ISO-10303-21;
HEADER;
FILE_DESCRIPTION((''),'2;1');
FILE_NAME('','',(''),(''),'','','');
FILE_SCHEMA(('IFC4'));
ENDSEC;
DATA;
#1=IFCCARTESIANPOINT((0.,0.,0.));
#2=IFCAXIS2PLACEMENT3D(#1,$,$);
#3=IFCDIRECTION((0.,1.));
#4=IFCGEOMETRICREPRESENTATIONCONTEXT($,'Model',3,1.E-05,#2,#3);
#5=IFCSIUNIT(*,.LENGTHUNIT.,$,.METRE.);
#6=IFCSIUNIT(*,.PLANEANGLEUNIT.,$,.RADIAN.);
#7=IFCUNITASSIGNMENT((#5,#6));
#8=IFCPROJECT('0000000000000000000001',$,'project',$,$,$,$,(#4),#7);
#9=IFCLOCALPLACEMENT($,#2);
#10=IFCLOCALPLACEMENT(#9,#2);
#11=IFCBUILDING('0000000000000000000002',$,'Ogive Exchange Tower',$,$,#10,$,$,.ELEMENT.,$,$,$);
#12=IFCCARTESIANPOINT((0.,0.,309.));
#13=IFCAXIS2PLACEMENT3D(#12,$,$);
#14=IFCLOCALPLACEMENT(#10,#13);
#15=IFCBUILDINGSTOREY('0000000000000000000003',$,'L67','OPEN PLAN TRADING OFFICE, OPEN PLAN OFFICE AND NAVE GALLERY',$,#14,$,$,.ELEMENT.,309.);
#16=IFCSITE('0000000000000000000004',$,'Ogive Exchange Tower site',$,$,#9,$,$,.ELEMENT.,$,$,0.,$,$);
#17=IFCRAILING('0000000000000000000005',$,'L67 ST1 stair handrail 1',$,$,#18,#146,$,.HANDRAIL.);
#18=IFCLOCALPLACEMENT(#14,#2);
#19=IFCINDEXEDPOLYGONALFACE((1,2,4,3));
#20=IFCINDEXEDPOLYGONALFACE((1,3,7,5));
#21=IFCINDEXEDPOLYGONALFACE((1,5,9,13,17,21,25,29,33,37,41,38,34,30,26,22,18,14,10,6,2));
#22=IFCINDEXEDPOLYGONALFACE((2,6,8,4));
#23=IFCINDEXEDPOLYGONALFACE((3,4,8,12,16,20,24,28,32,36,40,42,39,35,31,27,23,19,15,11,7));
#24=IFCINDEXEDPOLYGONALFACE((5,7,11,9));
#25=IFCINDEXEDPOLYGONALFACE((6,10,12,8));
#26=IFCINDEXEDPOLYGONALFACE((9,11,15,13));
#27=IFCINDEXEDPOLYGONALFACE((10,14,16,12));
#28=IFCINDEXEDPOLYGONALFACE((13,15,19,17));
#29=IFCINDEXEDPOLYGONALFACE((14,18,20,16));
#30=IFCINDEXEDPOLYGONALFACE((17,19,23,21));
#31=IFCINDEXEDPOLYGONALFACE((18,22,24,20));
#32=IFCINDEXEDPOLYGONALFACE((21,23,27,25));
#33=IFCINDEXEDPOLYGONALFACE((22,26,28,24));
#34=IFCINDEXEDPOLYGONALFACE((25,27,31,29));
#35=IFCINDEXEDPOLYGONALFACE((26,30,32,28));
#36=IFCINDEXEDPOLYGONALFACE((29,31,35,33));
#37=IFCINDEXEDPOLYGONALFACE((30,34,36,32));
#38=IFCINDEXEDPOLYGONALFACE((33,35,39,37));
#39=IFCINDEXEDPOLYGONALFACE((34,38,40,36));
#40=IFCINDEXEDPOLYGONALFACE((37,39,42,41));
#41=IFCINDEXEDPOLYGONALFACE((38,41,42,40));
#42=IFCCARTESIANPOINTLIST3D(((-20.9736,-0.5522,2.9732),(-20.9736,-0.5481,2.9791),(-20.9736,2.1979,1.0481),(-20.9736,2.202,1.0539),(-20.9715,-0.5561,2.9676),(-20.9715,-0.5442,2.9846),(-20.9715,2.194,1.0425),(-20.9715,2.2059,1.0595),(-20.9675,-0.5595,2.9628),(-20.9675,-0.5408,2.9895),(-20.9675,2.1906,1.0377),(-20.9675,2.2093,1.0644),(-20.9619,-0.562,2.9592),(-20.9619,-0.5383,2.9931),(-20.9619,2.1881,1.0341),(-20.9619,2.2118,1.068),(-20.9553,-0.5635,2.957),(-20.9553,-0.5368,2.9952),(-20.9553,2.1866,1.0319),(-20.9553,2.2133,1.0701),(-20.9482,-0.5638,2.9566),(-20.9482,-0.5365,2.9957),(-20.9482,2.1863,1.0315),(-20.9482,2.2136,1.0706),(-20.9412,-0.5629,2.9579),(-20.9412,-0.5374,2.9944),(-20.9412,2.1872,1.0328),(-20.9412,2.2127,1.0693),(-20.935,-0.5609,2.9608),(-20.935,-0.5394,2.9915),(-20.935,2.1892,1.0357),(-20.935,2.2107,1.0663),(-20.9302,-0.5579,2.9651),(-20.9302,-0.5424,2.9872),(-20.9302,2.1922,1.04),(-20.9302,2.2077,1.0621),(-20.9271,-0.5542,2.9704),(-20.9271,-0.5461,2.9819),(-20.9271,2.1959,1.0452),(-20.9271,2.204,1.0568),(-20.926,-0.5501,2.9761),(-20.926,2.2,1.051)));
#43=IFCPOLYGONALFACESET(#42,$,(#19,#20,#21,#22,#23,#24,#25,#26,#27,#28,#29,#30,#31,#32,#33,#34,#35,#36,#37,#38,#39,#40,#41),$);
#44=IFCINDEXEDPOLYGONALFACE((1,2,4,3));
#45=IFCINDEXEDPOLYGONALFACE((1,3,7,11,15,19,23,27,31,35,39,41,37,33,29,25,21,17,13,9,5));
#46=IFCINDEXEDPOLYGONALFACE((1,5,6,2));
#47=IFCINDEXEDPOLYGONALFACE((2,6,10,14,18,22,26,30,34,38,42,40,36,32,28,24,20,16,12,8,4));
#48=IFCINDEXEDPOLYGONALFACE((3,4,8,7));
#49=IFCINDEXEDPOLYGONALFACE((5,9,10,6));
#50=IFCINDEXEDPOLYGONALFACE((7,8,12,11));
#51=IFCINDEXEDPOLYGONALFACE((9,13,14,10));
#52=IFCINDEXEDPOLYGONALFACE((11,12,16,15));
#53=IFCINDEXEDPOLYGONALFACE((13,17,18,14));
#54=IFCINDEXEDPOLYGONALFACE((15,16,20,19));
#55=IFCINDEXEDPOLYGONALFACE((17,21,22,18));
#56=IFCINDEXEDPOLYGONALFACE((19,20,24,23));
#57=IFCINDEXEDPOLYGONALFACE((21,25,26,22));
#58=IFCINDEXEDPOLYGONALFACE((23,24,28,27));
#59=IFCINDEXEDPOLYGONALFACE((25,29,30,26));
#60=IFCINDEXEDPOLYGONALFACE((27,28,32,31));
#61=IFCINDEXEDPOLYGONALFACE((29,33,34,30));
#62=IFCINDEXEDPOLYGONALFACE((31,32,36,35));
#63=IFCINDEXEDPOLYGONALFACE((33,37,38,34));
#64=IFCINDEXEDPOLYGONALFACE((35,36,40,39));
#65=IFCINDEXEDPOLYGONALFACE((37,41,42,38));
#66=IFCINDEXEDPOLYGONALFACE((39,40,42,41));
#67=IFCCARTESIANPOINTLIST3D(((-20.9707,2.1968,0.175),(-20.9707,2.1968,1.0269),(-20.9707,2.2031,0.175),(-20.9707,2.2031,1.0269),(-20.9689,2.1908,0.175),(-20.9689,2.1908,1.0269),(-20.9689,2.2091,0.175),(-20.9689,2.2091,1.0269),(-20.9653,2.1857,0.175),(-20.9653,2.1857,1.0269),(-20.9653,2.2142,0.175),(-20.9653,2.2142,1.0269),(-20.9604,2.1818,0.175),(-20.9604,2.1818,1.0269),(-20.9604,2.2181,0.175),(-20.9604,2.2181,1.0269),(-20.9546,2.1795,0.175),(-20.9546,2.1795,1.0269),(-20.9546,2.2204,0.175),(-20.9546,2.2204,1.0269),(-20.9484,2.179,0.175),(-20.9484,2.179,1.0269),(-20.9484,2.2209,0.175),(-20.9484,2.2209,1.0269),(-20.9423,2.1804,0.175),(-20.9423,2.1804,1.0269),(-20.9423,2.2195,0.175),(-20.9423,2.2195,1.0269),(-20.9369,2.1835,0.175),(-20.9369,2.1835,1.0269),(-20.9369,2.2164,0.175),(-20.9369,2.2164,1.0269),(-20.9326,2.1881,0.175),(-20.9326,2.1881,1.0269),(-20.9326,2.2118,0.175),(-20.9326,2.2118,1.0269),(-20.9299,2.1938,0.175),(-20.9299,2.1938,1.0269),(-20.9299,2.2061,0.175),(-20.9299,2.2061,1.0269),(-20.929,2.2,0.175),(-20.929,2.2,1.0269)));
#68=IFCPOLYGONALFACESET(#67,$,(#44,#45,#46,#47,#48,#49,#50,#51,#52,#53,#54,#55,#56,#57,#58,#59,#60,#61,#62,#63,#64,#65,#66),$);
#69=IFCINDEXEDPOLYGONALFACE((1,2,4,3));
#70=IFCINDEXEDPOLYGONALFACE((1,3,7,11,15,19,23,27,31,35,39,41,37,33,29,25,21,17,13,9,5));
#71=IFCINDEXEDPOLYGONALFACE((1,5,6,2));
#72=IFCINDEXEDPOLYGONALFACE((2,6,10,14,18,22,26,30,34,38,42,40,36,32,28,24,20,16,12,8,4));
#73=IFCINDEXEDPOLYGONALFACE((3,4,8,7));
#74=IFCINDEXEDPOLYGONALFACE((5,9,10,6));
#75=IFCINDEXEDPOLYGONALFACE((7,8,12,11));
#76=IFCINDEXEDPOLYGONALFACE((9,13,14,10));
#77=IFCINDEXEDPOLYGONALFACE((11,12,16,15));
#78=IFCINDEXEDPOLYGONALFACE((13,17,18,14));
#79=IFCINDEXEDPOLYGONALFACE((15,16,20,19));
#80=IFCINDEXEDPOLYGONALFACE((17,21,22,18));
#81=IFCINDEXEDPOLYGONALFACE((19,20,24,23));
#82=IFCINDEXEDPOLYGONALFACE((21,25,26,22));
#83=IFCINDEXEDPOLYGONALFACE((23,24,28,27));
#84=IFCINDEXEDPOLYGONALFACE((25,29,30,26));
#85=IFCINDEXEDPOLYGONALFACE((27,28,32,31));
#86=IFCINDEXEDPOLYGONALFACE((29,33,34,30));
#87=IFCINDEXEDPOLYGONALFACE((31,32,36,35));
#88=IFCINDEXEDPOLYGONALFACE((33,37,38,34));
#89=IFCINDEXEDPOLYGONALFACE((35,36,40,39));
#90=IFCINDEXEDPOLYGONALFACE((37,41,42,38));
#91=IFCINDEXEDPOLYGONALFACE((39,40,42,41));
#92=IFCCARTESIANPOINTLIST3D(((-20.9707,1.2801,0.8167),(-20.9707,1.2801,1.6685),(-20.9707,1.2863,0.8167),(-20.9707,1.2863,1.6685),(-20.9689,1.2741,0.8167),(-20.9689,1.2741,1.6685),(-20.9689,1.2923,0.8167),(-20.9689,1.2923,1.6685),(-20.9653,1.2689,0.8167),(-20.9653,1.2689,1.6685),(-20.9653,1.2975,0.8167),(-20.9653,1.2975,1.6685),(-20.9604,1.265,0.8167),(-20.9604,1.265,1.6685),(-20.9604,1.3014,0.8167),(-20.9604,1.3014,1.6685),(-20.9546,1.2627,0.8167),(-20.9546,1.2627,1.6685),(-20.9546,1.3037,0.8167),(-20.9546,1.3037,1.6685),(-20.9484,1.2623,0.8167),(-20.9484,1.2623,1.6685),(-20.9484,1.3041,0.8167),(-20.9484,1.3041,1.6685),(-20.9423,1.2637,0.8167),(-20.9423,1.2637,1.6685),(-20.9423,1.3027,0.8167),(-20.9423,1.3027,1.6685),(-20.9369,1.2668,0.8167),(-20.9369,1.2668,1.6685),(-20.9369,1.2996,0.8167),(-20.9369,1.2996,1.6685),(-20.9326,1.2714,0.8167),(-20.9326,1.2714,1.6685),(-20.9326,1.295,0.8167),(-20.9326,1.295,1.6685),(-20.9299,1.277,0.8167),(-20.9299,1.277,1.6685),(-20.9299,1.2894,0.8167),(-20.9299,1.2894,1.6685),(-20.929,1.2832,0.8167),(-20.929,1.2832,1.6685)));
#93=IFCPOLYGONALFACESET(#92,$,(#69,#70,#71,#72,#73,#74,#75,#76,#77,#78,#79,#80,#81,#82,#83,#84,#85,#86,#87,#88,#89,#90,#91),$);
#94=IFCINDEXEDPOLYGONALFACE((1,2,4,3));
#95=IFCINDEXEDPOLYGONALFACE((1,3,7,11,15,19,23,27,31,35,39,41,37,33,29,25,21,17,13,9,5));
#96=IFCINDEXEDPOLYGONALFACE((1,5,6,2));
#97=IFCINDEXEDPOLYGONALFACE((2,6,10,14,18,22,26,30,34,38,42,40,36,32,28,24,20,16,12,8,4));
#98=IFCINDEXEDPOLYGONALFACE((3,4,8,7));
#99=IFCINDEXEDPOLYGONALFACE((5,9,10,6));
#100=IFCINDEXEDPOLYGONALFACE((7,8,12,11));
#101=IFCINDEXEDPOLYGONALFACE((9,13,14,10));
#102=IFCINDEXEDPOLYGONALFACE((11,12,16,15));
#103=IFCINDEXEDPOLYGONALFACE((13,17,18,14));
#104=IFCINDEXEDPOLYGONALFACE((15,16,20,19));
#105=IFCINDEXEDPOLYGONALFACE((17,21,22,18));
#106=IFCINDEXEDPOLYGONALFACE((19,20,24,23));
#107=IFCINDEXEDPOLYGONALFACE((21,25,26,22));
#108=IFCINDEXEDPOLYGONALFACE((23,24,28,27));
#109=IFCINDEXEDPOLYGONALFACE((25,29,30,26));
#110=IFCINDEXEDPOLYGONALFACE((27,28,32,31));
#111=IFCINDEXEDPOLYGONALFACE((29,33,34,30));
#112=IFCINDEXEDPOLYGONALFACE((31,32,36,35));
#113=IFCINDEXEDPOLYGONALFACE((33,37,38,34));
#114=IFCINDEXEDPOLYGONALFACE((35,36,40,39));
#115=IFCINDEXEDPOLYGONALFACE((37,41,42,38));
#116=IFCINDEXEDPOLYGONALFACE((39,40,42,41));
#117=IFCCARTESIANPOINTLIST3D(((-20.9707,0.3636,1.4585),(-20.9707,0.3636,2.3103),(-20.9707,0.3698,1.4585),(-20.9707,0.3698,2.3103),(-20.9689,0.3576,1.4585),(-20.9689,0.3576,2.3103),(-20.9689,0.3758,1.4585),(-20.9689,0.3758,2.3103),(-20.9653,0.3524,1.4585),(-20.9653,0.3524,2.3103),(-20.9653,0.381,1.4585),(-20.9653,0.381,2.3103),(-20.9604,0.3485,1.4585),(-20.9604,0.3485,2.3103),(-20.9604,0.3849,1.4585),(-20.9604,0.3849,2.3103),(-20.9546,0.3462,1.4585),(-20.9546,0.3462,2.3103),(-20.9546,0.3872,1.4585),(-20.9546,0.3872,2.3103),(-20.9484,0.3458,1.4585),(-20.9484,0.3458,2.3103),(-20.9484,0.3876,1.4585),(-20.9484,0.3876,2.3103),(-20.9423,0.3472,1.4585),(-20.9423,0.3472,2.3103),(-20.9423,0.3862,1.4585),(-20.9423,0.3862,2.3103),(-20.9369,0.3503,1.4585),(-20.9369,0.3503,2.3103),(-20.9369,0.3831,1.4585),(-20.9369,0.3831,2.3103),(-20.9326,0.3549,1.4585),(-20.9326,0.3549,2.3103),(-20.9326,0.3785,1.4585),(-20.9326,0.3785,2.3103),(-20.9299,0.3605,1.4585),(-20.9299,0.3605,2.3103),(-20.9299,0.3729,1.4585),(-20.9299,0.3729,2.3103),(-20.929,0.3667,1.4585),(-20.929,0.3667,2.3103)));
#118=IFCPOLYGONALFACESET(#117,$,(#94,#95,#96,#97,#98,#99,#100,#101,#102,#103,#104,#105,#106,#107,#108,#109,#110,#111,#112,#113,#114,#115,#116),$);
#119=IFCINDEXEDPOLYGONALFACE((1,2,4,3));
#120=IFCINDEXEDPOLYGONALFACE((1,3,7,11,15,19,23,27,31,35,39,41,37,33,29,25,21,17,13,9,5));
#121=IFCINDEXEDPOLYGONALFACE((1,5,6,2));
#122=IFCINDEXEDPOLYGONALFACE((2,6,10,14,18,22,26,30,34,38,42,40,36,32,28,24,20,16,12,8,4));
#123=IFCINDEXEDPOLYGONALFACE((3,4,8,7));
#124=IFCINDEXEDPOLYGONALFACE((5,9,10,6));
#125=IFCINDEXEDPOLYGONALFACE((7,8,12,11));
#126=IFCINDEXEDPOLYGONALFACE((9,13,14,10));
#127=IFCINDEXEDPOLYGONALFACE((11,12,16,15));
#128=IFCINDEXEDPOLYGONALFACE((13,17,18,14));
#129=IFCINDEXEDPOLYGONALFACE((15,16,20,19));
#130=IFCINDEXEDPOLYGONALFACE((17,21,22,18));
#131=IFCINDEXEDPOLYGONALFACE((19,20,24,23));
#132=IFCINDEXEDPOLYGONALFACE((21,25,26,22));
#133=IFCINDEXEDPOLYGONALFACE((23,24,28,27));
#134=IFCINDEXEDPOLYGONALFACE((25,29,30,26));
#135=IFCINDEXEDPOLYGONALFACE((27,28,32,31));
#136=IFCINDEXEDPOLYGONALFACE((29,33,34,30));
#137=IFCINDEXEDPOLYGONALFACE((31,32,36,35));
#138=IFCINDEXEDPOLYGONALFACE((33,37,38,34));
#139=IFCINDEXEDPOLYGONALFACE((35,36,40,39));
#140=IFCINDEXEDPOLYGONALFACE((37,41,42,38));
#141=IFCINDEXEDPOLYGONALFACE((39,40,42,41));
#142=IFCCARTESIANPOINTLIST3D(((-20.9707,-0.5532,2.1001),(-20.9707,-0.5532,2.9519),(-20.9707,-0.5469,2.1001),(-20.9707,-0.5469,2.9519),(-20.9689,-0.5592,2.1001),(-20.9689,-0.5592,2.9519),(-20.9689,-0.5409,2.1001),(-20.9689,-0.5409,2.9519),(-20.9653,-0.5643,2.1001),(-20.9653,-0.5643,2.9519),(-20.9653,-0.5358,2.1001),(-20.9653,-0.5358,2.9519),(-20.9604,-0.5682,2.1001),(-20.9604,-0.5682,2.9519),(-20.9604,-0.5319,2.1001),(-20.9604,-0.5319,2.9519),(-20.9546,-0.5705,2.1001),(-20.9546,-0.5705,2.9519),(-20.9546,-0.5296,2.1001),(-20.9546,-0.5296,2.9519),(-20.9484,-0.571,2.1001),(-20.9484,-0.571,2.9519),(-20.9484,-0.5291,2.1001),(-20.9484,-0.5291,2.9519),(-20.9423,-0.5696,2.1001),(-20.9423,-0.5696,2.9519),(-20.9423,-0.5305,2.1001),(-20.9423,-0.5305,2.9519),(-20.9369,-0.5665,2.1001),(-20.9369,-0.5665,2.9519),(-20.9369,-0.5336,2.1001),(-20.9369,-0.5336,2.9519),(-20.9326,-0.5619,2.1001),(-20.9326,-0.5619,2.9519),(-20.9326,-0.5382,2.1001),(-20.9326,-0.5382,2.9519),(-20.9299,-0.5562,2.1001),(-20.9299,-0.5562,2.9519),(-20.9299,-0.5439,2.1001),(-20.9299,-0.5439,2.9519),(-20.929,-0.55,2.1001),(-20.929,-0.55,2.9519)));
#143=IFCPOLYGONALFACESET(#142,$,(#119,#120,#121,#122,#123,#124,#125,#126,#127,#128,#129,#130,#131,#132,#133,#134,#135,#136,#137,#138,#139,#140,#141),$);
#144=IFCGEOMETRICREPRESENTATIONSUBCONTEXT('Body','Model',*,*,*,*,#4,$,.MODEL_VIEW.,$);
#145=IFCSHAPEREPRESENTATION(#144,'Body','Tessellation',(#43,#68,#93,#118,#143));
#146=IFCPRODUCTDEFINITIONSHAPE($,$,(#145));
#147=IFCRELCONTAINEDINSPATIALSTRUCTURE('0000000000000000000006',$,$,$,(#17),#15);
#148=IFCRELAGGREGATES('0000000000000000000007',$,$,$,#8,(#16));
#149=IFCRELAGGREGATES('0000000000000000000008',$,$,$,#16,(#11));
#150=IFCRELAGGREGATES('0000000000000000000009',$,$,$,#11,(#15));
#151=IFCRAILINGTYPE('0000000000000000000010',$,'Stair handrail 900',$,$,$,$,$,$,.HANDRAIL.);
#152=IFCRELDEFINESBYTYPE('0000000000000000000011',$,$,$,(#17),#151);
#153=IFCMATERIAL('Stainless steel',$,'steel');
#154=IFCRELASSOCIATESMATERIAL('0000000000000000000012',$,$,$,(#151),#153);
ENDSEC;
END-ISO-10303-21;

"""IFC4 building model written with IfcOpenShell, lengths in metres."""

from ifc_helpers import new_model, si_unit, direction, frame, origin, origin_2d, place, context, subcontext, project, spatial, circle, extrude, material, type_object, element, save


model = new_model("IFC4")

# Units and contexts
model_context = context("Model", 3, precision=1e-05, world=origin(), true_north=direction((0.0, 1.0)))
body_context = subcontext(model_context, "Body", "Model", "MODEL_VIEW")
ifc_project = project(units=[si_unit("LENGTHUNIT", "METRE"), si_unit("PLANEANGLEUNIT", "RADIAN")], contexts=[model_context])

# Site, building, storey
site_placement = place(None, origin())
site = spatial("IfcSite", under=ifc_project, at=site_placement, Name="Ogive Exchange Tower site", CompositionType="ELEMENT", RefElevation=0.0)
building_placement = place(site_placement, origin())
building = spatial("IfcBuilding", under=site, at=building_placement, Name="Ogive Exchange Tower", CompositionType="ELEMENT")
storey_placement = place(building_placement, frame((0.0, 0.0, 309.0)))
storey = spatial("IfcBuildingStorey", under=building, at=storey_placement, Name="L67", Description="OPEN PLAN TRADING OFFICE, OPEN PLAN OFFICE AND NAVE GALLERY", CompositionType="ELEMENT", Elevation=309.0)

# Railing
ifc_material_1 = material(Name="Stainless steel", Category="steel")
railing_type = type_object("IfcRailingType", Name="Stair handrail 900", PredefinedType="HANDRAIL", material=ifc_material_1)
railing_placement = place(storey_placement, frame((-20.95, 2.2, 0.175)))
element("IfcRailing", 1, at=railing_placement, inside=storey, type_object=railing_type, Name="L67 ST1 stair handrail 1", PredefinedType="HANDRAIL", context=body_context, shape_type="SweptSolid", body=[
    extrude(circle(Radius=0.0239, at=origin_2d()), frame((0.0, 0.0, 0.876), z_axis=(0.0, -0.819225, 0.573472), x_axis=(1.0, 0.0, 0.0)), (0.0, 0.0, 1.0), 3.3569),
    extrude(circle(Radius=0.021, at=origin_2d()), origin(), (0.0, 0.0, 1.0), 0.8518),
    extrude(circle(Radius=0.021, at=origin_2d()), frame((0.0, -0.9167, 0.6416)), (0.0, 0.0, 1.0), 0.8518),
    extrude(circle(Radius=0.021, at=origin_2d()), frame((0.0, -1.8333, 1.2834)), (0.0, 0.0, 1.0), 0.8518),
    extrude(circle(Radius=0.021, at=origin_2d()), frame((0.0, -2.75, 1.925)), (0.0, 0.0, 1.0), 0.8518),
])

save(model, "model.ifc")
